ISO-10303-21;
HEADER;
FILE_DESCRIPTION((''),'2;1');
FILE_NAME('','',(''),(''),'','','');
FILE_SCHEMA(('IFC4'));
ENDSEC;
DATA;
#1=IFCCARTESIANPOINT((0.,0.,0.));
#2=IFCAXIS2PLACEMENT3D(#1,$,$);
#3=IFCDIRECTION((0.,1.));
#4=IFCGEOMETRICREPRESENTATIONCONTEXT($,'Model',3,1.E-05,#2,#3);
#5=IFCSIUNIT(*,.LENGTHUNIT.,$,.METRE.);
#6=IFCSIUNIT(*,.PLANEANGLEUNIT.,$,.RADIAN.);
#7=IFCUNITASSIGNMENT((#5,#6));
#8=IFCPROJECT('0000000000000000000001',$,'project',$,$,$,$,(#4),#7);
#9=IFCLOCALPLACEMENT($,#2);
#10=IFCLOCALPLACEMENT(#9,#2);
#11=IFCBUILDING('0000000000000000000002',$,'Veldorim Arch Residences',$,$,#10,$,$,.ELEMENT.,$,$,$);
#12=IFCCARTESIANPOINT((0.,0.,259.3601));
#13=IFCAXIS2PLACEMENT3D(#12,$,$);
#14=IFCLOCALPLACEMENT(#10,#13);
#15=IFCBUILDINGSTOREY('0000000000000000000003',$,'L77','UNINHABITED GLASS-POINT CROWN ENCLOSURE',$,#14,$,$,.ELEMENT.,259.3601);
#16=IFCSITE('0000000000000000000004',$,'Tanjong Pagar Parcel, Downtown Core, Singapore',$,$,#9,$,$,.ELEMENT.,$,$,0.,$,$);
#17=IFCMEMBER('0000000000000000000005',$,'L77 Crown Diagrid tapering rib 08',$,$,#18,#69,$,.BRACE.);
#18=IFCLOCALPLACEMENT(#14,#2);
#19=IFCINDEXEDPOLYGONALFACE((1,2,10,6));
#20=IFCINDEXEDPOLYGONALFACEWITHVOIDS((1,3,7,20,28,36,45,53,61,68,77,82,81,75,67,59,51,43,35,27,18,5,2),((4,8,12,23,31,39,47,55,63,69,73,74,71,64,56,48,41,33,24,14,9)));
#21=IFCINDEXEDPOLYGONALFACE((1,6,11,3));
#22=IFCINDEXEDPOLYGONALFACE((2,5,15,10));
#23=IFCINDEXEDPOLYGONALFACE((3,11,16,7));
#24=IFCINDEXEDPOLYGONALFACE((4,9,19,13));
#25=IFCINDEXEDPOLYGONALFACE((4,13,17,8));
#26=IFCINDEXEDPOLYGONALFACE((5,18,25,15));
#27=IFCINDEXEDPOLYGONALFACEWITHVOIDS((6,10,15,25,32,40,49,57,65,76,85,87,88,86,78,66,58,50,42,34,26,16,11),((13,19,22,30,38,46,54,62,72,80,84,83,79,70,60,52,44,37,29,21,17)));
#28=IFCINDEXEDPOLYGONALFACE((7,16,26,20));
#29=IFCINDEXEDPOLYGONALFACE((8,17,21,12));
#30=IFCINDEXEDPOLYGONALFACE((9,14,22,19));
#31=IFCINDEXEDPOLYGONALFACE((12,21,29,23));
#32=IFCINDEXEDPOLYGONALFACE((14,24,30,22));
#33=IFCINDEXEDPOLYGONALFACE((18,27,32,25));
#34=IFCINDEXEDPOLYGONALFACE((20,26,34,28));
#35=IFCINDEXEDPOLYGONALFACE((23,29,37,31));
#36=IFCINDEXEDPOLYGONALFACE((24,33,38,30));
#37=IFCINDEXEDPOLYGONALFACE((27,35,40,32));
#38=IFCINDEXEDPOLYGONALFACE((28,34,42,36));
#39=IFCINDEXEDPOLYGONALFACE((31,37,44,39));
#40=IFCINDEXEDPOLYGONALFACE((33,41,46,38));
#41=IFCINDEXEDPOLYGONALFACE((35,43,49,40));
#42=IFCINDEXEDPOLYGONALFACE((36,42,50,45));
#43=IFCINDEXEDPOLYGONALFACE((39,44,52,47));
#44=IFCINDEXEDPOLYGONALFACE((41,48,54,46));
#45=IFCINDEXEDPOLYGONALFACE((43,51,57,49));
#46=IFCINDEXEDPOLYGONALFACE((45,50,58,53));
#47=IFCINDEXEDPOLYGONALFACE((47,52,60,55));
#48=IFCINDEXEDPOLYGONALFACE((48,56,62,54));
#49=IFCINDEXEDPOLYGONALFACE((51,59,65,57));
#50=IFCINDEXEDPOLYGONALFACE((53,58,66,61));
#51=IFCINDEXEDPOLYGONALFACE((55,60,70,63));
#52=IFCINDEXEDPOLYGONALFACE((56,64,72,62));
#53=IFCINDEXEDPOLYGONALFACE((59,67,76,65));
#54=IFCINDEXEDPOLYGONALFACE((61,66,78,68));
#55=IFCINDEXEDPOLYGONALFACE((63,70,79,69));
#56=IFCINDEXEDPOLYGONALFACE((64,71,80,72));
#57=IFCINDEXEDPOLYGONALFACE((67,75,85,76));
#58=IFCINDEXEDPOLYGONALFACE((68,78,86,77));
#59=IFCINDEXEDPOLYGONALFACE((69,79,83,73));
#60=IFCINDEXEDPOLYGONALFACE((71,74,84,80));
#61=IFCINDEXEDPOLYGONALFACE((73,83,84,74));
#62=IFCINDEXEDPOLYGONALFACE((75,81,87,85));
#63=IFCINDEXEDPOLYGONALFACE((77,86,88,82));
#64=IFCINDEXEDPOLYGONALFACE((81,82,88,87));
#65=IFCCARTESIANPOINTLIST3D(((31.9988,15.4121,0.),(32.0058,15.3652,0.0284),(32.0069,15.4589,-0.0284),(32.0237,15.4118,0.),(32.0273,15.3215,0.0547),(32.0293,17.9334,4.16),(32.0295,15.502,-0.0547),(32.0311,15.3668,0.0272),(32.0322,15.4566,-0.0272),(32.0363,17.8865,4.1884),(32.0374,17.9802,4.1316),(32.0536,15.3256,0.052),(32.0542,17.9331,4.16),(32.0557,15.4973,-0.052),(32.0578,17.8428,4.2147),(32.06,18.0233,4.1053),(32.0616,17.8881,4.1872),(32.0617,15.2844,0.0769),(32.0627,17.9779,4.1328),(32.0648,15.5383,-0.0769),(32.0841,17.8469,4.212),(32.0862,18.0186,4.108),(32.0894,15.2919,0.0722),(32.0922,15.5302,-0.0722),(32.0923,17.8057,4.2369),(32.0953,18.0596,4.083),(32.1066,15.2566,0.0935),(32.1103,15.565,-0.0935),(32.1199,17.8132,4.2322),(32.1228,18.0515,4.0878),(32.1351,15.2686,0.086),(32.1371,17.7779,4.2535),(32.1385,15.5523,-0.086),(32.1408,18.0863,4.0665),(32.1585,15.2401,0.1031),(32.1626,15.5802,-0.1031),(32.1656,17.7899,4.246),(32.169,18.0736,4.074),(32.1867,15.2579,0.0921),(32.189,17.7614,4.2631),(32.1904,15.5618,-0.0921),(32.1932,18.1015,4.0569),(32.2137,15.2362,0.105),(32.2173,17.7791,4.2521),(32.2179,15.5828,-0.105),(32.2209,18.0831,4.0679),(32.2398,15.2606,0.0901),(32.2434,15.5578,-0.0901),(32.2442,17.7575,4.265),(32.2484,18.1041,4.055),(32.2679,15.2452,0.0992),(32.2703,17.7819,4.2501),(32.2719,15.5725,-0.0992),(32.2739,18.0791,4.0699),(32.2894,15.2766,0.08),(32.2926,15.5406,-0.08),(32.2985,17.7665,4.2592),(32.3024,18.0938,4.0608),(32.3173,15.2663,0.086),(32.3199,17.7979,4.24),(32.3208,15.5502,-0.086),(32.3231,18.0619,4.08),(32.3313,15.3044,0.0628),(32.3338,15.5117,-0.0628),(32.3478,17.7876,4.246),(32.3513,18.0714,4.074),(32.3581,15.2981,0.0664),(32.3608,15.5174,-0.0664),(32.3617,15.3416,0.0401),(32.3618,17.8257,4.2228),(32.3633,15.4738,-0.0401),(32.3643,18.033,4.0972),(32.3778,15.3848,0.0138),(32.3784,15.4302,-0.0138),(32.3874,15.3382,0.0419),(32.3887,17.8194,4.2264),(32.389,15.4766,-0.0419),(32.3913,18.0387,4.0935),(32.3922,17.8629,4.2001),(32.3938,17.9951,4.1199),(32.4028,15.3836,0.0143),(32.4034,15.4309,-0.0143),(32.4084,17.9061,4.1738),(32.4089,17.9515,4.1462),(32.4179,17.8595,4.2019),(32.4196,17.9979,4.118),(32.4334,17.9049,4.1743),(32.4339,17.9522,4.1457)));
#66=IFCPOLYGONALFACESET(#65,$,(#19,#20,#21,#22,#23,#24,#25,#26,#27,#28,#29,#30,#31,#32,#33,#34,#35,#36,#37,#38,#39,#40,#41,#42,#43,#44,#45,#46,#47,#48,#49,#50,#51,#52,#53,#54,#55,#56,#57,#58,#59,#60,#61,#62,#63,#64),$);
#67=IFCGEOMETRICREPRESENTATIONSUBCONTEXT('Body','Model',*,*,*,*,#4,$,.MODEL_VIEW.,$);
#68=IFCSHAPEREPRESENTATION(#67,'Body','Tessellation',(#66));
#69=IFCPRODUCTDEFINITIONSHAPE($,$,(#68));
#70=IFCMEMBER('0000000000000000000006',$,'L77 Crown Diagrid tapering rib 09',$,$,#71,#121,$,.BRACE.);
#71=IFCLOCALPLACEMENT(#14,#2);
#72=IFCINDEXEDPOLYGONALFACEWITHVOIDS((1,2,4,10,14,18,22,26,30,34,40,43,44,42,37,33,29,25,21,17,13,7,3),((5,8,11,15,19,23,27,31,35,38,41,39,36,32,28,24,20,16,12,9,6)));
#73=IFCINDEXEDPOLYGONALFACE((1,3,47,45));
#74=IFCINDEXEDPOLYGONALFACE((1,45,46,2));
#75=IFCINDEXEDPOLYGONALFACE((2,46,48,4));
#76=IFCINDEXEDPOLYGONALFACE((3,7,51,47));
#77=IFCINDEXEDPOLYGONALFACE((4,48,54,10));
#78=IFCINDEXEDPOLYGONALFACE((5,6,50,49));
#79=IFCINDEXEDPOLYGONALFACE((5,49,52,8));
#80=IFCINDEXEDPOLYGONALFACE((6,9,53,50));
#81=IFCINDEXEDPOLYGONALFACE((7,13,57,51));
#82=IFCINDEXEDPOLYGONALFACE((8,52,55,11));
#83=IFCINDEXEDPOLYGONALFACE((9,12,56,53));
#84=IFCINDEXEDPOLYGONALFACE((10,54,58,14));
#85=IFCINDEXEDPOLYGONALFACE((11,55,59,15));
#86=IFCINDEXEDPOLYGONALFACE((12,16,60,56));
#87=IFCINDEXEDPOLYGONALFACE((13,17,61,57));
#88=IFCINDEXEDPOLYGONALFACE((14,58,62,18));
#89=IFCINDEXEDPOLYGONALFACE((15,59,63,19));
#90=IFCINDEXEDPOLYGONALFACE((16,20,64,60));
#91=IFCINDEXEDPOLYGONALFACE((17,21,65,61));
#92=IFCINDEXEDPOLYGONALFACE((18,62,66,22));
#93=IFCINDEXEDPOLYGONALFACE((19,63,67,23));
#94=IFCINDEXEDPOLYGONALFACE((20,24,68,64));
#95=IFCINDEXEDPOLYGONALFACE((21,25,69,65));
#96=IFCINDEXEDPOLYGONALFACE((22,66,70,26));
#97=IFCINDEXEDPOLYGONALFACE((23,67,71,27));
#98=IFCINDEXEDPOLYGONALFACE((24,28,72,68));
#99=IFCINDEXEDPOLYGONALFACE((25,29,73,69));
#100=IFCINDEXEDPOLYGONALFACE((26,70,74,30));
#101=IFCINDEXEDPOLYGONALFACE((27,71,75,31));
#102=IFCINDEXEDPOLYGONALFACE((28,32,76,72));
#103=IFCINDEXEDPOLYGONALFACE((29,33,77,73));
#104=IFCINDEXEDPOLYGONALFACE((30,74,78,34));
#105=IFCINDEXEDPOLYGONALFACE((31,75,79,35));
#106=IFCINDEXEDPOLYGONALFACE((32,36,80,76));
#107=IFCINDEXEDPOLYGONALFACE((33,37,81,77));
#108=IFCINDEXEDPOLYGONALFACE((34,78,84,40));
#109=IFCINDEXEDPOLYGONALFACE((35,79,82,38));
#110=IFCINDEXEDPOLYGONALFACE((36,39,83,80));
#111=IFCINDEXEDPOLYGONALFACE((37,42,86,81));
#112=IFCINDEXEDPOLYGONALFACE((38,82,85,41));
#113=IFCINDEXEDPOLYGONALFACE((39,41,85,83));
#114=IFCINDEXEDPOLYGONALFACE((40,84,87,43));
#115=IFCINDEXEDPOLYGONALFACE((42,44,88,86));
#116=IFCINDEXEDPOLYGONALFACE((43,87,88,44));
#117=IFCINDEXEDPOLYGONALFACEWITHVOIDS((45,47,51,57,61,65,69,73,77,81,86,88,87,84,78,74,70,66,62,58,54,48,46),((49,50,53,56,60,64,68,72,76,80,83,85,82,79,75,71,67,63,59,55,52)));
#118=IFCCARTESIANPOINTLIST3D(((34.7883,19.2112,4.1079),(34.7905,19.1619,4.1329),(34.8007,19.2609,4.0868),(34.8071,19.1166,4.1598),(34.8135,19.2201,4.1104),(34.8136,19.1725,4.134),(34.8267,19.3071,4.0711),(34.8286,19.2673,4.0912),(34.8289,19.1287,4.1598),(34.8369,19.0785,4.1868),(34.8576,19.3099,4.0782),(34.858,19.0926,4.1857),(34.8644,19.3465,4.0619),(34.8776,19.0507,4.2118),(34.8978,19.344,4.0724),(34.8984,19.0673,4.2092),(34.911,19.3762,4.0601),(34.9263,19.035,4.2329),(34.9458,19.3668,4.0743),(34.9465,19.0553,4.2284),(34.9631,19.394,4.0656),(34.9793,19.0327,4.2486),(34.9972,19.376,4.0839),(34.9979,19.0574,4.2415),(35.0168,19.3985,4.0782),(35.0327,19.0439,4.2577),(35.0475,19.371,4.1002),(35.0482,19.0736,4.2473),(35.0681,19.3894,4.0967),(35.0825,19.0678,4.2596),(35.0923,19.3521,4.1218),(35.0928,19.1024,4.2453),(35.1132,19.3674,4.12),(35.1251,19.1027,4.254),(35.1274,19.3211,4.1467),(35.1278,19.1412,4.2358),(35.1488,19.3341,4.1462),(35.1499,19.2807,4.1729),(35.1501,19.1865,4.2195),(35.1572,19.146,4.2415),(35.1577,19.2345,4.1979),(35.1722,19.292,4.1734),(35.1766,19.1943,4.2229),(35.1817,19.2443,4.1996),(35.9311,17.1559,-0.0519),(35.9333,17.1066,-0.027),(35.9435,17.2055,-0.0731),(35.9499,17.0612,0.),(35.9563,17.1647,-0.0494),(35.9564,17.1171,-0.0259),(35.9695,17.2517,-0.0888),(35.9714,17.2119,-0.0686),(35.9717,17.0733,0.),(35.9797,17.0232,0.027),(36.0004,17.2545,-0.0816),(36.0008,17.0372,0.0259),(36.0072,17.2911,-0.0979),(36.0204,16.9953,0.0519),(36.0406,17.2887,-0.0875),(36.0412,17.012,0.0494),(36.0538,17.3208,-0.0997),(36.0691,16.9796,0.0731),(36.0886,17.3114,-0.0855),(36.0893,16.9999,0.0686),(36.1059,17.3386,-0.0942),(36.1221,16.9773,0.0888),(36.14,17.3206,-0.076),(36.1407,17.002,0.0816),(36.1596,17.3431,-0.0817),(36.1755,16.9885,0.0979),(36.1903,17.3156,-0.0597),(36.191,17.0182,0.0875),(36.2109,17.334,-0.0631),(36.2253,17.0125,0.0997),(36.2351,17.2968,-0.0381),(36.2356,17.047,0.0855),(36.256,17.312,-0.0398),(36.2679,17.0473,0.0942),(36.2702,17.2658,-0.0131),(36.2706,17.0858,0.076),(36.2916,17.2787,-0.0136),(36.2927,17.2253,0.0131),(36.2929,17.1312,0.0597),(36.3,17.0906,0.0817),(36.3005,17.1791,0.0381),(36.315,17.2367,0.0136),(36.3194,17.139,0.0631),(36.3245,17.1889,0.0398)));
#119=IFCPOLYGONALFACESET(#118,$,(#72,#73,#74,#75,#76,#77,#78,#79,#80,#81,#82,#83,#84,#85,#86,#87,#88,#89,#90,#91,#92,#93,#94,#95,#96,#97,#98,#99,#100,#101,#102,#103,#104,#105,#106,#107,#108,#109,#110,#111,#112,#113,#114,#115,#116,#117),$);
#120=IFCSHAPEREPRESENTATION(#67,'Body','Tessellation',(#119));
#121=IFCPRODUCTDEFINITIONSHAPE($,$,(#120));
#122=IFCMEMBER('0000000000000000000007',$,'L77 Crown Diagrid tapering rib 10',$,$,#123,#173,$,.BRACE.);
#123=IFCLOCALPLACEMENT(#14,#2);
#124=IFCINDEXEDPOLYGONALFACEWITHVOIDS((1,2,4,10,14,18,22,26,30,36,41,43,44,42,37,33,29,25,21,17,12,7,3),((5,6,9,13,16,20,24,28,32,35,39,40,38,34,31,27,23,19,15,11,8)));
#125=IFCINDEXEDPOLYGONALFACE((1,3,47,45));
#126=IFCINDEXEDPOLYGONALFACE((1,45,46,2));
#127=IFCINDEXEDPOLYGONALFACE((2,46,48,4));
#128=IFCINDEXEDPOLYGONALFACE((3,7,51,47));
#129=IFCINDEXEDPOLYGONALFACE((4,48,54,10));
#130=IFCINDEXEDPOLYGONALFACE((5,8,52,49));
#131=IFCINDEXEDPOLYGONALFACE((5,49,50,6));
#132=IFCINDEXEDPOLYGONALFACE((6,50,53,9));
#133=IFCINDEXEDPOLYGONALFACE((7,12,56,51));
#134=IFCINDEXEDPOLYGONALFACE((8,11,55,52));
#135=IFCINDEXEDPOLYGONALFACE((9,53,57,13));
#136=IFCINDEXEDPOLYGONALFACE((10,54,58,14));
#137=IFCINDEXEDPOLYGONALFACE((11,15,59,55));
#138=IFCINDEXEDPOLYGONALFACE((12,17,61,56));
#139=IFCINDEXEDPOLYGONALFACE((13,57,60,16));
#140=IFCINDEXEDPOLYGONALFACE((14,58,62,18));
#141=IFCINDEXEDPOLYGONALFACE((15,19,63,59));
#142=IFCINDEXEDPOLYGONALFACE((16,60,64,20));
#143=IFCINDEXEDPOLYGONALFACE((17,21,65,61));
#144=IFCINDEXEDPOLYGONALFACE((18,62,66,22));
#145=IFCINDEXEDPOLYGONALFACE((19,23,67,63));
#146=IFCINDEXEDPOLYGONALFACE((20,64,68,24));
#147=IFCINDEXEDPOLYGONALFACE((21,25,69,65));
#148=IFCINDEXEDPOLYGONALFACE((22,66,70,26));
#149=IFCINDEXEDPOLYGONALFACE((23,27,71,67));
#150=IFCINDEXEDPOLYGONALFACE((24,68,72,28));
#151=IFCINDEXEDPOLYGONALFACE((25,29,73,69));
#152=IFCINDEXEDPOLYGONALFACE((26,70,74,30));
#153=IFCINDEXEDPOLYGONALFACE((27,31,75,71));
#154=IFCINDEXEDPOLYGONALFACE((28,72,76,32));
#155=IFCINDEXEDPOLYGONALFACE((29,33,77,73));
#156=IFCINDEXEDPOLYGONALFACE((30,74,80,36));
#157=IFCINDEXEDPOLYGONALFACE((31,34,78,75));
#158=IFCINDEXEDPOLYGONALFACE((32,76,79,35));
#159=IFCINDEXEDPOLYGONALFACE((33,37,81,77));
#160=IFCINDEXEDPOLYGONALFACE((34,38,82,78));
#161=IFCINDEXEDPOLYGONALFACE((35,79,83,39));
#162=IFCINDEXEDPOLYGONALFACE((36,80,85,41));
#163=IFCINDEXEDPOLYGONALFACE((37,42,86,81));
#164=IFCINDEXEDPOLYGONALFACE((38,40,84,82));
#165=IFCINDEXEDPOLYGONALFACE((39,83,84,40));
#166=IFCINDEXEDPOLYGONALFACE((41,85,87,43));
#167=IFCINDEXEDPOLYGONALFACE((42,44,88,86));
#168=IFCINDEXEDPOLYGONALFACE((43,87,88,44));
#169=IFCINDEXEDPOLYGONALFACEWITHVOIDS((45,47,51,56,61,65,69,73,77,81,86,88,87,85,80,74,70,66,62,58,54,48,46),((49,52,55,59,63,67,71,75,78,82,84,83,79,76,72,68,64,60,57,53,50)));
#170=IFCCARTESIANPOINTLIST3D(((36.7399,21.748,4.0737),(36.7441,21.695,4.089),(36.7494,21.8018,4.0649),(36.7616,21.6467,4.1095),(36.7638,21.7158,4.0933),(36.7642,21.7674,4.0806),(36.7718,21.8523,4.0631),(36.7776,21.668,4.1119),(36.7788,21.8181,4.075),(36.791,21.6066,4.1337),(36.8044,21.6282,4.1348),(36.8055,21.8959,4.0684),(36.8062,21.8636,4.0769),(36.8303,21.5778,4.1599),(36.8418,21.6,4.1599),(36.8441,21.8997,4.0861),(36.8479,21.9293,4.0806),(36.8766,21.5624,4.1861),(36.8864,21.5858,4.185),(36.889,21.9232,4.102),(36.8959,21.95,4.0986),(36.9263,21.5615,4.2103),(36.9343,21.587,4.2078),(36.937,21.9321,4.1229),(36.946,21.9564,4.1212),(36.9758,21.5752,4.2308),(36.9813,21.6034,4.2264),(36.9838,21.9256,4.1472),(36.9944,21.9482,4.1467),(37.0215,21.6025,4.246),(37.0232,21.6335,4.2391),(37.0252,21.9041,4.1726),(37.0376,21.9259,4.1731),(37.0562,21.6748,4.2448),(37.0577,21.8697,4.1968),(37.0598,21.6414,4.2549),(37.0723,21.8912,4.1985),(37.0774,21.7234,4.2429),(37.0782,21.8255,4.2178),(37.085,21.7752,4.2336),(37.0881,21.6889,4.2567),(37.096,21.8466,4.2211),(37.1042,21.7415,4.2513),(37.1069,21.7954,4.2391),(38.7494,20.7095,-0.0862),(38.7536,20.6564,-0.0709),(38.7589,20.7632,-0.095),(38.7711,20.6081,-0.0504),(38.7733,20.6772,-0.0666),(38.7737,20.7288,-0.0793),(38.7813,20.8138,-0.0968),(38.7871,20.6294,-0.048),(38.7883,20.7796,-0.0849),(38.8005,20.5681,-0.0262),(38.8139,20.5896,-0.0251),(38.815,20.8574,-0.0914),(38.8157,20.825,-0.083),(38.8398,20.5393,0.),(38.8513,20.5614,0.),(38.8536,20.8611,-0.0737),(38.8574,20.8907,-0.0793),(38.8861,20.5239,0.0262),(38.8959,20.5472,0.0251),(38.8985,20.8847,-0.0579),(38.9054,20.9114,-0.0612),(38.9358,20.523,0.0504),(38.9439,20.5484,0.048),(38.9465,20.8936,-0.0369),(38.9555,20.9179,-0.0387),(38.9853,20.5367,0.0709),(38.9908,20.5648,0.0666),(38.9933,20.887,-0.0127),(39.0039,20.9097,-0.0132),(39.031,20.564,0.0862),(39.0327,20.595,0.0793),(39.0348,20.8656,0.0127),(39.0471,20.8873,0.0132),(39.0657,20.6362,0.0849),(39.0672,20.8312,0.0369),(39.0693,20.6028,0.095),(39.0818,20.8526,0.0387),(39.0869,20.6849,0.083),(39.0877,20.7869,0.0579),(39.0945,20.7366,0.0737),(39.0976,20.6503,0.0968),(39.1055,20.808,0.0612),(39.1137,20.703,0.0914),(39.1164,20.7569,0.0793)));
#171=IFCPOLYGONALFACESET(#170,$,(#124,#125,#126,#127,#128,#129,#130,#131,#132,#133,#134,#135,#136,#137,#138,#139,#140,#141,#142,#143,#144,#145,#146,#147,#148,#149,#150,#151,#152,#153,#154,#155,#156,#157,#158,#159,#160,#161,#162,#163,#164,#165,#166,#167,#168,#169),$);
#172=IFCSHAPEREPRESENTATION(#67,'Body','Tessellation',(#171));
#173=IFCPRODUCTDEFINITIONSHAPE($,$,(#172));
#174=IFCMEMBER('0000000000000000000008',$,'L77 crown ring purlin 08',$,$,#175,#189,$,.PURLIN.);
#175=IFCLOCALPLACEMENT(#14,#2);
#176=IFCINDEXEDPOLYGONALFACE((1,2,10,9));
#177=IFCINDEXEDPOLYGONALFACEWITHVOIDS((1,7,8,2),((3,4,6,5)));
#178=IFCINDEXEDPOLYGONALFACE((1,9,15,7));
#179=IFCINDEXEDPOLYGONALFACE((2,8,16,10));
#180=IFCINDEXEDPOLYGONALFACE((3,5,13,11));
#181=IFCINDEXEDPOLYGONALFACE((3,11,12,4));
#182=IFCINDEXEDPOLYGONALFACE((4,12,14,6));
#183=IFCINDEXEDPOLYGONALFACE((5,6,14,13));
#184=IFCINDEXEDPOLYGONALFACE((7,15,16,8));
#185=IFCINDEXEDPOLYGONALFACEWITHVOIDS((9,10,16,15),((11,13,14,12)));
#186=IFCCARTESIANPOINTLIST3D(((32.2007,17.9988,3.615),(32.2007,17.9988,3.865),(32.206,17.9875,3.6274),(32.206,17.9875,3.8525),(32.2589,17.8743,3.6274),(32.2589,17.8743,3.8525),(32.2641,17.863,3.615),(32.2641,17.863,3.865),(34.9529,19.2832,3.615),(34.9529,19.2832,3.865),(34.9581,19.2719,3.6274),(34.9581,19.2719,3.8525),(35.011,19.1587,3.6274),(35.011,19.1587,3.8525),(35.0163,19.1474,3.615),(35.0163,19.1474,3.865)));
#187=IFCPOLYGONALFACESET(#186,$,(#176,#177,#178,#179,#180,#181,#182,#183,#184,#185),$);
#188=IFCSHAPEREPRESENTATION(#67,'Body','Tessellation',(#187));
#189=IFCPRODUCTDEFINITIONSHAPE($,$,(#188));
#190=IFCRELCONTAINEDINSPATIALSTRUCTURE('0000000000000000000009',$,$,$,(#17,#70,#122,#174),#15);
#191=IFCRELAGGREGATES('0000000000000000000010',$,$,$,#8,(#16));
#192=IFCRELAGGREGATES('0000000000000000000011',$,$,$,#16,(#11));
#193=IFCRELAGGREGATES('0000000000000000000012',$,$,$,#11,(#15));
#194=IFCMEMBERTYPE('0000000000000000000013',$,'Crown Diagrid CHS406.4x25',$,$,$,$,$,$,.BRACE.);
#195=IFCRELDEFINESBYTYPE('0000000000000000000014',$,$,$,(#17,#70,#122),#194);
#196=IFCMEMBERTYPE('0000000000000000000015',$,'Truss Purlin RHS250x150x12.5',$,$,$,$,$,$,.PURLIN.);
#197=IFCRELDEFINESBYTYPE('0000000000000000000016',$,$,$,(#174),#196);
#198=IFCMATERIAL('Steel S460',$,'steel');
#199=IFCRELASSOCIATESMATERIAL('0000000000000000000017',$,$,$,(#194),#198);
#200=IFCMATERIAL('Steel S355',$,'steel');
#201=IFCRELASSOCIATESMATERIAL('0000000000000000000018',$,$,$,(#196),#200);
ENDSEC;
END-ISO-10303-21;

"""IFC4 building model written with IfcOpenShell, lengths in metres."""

from ifc_helpers import new_model, si_unit, direction, frame, origin, origin_2d, place, context, subcontext, project, spatial, hollow_rectangle, hollow_circle, extrude, material, material_profile, profile_set, type_object, element, save


model = new_model("IFC4")

# Units and contexts
model_context = context("Model", 3, precision=1e-05, world=origin(), true_north=direction((0.0, 1.0)))
body_context = subcontext(model_context, "Body", "Model", "MODEL_VIEW")
ifc_project = project(units=[si_unit("LENGTHUNIT", "METRE"), si_unit("PLANEANGLEUNIT", "RADIAN")], contexts=[model_context])

# Site, building, storey
site_placement = place(None, origin())
site = spatial("IfcSite", under=ifc_project, at=site_placement, Name="Tanjong Pagar Parcel, Downtown Core, Singapore", CompositionType="ELEMENT", RefElevation=0.0)
building_placement = place(site_placement, origin())
building = spatial("IfcBuilding", under=site, at=building_placement, Name="Veldorim Arch Residences", CompositionType="ELEMENT")
storey_placement = place(building_placement, frame((0.0, 0.0, 259.3601)))
storey = spatial("IfcBuildingStorey", under=building, at=storey_placement, Name="L77", Description="UNINHABITED GLASS-POINT CROWN ENCLOSURE", CompositionType="ELEMENT", Elevation=259.3601)

# Members
ifc_material_1 = material(Name="Steel S460", Category="steel")
ifc_material_profile_1 = material_profile(ifc_material_1, hollow_circle(Radius=0.2031, WallThickness=0.0249, at=origin_2d()), Name="CHS406.4x25")
ifc_profile_set_1 = profile_set([ifc_material_profile_1], Name="Steel S460")
member_type_1 = type_object("IfcMemberType", Name="Crown Diagrid CHS406.4x25", PredefinedType="BRACE", material=ifc_profile_set_1)
member_1_placement = place(storey_placement, frame((32.2019, 15.4097, 0.0), z_axis=(0.006274, 0.518304, 0.855174), x_axis=(-0.999927, 0.012103, 0.0)))
element("IfcMember", 1, at=member_1_placement, inside=storey, type_object=member_type_1, Name="L77 Crown Diagrid tapering rib 08", PredefinedType="BRACE", context=body_context, shape_type="SweptSolid", body=[
    extrude(hollow_circle(Radius=0.2031, WallThickness=0.0249, at=origin_2d()), origin(), (0.0, 0.0, 1.0), 4.8645),
])
member_2_placement = place(storey_placement, frame((36.1274, 17.1599, 0.0), z_axis=(-0.239151, 0.430124, 0.870517), x_axis=(-0.873991, -0.485943, 0.0)))
element("IfcMember", 2, at=member_2_placement, inside=storey, type_object=member_type_1, Name="L77 Crown Diagrid tapering rib 09", PredefinedType="BRACE", context=body_context, shape_type="SweptSolid", body=[
    extrude(hollow_circle(Radius=0.2031, WallThickness=0.0249, at=origin_2d()), origin(), (0.0, 0.0, 1.0), 4.7786),
])
member_3_placement = place(storey_placement, frame((38.9331, 20.7197, 0.0), z_axis=(-0.424384, 0.219333, 0.878517), x_axis=(-0.459132, -0.888368, 0.0)))
element("IfcMember", 3, at=member_3_placement, inside=storey, type_object=member_type_1, Name="L77 Crown Diagrid tapering rib 10", PredefinedType="BRACE", context=body_context, shape_type="SweptSolid", body=[
    extrude(hollow_circle(Radius=0.2031, WallThickness=0.0249, at=origin_2d()), origin(), (0.0, 0.0, 1.0), 4.7351),
])
ifc_material_2 = material(Name="Steel S355", Category="steel")
ifc_material_profile_2 = material_profile(ifc_material_2, hollow_rectangle(XDim=0.1499, YDim=0.25, WallThickness=0.0125, at=origin_2d()), Name="RHS250x150x12.5")
ifc_profile_set_2 = profile_set([ifc_material_profile_2], Name="Steel S355")
member_type_2 = type_object("IfcMemberType", Name="Truss Purlin RHS250x150x12.5", PredefinedType="PURLIN", material=ifc_profile_set_2)
member_4_placement = place(storey_placement, frame((32.2324, 17.9309, 3.74), z_axis=(0.906175, 0.422903, 0.0), x_axis=(-0.422903, 0.906175, 0.0)))
element("IfcMember", 4, at=member_4_placement, inside=storey, type_object=member_type_2, Name="L77 crown ring purlin 08", PredefinedType="PURLIN", context=body_context, shape_type="SweptSolid", body=[
    extrude(hollow_rectangle(XDim=0.1499, YDim=0.25, WallThickness=0.0125, at=origin_2d()), origin(), (0.0, 0.0, 1.0), 3.0371),
])

save(model, "model.ifc")
